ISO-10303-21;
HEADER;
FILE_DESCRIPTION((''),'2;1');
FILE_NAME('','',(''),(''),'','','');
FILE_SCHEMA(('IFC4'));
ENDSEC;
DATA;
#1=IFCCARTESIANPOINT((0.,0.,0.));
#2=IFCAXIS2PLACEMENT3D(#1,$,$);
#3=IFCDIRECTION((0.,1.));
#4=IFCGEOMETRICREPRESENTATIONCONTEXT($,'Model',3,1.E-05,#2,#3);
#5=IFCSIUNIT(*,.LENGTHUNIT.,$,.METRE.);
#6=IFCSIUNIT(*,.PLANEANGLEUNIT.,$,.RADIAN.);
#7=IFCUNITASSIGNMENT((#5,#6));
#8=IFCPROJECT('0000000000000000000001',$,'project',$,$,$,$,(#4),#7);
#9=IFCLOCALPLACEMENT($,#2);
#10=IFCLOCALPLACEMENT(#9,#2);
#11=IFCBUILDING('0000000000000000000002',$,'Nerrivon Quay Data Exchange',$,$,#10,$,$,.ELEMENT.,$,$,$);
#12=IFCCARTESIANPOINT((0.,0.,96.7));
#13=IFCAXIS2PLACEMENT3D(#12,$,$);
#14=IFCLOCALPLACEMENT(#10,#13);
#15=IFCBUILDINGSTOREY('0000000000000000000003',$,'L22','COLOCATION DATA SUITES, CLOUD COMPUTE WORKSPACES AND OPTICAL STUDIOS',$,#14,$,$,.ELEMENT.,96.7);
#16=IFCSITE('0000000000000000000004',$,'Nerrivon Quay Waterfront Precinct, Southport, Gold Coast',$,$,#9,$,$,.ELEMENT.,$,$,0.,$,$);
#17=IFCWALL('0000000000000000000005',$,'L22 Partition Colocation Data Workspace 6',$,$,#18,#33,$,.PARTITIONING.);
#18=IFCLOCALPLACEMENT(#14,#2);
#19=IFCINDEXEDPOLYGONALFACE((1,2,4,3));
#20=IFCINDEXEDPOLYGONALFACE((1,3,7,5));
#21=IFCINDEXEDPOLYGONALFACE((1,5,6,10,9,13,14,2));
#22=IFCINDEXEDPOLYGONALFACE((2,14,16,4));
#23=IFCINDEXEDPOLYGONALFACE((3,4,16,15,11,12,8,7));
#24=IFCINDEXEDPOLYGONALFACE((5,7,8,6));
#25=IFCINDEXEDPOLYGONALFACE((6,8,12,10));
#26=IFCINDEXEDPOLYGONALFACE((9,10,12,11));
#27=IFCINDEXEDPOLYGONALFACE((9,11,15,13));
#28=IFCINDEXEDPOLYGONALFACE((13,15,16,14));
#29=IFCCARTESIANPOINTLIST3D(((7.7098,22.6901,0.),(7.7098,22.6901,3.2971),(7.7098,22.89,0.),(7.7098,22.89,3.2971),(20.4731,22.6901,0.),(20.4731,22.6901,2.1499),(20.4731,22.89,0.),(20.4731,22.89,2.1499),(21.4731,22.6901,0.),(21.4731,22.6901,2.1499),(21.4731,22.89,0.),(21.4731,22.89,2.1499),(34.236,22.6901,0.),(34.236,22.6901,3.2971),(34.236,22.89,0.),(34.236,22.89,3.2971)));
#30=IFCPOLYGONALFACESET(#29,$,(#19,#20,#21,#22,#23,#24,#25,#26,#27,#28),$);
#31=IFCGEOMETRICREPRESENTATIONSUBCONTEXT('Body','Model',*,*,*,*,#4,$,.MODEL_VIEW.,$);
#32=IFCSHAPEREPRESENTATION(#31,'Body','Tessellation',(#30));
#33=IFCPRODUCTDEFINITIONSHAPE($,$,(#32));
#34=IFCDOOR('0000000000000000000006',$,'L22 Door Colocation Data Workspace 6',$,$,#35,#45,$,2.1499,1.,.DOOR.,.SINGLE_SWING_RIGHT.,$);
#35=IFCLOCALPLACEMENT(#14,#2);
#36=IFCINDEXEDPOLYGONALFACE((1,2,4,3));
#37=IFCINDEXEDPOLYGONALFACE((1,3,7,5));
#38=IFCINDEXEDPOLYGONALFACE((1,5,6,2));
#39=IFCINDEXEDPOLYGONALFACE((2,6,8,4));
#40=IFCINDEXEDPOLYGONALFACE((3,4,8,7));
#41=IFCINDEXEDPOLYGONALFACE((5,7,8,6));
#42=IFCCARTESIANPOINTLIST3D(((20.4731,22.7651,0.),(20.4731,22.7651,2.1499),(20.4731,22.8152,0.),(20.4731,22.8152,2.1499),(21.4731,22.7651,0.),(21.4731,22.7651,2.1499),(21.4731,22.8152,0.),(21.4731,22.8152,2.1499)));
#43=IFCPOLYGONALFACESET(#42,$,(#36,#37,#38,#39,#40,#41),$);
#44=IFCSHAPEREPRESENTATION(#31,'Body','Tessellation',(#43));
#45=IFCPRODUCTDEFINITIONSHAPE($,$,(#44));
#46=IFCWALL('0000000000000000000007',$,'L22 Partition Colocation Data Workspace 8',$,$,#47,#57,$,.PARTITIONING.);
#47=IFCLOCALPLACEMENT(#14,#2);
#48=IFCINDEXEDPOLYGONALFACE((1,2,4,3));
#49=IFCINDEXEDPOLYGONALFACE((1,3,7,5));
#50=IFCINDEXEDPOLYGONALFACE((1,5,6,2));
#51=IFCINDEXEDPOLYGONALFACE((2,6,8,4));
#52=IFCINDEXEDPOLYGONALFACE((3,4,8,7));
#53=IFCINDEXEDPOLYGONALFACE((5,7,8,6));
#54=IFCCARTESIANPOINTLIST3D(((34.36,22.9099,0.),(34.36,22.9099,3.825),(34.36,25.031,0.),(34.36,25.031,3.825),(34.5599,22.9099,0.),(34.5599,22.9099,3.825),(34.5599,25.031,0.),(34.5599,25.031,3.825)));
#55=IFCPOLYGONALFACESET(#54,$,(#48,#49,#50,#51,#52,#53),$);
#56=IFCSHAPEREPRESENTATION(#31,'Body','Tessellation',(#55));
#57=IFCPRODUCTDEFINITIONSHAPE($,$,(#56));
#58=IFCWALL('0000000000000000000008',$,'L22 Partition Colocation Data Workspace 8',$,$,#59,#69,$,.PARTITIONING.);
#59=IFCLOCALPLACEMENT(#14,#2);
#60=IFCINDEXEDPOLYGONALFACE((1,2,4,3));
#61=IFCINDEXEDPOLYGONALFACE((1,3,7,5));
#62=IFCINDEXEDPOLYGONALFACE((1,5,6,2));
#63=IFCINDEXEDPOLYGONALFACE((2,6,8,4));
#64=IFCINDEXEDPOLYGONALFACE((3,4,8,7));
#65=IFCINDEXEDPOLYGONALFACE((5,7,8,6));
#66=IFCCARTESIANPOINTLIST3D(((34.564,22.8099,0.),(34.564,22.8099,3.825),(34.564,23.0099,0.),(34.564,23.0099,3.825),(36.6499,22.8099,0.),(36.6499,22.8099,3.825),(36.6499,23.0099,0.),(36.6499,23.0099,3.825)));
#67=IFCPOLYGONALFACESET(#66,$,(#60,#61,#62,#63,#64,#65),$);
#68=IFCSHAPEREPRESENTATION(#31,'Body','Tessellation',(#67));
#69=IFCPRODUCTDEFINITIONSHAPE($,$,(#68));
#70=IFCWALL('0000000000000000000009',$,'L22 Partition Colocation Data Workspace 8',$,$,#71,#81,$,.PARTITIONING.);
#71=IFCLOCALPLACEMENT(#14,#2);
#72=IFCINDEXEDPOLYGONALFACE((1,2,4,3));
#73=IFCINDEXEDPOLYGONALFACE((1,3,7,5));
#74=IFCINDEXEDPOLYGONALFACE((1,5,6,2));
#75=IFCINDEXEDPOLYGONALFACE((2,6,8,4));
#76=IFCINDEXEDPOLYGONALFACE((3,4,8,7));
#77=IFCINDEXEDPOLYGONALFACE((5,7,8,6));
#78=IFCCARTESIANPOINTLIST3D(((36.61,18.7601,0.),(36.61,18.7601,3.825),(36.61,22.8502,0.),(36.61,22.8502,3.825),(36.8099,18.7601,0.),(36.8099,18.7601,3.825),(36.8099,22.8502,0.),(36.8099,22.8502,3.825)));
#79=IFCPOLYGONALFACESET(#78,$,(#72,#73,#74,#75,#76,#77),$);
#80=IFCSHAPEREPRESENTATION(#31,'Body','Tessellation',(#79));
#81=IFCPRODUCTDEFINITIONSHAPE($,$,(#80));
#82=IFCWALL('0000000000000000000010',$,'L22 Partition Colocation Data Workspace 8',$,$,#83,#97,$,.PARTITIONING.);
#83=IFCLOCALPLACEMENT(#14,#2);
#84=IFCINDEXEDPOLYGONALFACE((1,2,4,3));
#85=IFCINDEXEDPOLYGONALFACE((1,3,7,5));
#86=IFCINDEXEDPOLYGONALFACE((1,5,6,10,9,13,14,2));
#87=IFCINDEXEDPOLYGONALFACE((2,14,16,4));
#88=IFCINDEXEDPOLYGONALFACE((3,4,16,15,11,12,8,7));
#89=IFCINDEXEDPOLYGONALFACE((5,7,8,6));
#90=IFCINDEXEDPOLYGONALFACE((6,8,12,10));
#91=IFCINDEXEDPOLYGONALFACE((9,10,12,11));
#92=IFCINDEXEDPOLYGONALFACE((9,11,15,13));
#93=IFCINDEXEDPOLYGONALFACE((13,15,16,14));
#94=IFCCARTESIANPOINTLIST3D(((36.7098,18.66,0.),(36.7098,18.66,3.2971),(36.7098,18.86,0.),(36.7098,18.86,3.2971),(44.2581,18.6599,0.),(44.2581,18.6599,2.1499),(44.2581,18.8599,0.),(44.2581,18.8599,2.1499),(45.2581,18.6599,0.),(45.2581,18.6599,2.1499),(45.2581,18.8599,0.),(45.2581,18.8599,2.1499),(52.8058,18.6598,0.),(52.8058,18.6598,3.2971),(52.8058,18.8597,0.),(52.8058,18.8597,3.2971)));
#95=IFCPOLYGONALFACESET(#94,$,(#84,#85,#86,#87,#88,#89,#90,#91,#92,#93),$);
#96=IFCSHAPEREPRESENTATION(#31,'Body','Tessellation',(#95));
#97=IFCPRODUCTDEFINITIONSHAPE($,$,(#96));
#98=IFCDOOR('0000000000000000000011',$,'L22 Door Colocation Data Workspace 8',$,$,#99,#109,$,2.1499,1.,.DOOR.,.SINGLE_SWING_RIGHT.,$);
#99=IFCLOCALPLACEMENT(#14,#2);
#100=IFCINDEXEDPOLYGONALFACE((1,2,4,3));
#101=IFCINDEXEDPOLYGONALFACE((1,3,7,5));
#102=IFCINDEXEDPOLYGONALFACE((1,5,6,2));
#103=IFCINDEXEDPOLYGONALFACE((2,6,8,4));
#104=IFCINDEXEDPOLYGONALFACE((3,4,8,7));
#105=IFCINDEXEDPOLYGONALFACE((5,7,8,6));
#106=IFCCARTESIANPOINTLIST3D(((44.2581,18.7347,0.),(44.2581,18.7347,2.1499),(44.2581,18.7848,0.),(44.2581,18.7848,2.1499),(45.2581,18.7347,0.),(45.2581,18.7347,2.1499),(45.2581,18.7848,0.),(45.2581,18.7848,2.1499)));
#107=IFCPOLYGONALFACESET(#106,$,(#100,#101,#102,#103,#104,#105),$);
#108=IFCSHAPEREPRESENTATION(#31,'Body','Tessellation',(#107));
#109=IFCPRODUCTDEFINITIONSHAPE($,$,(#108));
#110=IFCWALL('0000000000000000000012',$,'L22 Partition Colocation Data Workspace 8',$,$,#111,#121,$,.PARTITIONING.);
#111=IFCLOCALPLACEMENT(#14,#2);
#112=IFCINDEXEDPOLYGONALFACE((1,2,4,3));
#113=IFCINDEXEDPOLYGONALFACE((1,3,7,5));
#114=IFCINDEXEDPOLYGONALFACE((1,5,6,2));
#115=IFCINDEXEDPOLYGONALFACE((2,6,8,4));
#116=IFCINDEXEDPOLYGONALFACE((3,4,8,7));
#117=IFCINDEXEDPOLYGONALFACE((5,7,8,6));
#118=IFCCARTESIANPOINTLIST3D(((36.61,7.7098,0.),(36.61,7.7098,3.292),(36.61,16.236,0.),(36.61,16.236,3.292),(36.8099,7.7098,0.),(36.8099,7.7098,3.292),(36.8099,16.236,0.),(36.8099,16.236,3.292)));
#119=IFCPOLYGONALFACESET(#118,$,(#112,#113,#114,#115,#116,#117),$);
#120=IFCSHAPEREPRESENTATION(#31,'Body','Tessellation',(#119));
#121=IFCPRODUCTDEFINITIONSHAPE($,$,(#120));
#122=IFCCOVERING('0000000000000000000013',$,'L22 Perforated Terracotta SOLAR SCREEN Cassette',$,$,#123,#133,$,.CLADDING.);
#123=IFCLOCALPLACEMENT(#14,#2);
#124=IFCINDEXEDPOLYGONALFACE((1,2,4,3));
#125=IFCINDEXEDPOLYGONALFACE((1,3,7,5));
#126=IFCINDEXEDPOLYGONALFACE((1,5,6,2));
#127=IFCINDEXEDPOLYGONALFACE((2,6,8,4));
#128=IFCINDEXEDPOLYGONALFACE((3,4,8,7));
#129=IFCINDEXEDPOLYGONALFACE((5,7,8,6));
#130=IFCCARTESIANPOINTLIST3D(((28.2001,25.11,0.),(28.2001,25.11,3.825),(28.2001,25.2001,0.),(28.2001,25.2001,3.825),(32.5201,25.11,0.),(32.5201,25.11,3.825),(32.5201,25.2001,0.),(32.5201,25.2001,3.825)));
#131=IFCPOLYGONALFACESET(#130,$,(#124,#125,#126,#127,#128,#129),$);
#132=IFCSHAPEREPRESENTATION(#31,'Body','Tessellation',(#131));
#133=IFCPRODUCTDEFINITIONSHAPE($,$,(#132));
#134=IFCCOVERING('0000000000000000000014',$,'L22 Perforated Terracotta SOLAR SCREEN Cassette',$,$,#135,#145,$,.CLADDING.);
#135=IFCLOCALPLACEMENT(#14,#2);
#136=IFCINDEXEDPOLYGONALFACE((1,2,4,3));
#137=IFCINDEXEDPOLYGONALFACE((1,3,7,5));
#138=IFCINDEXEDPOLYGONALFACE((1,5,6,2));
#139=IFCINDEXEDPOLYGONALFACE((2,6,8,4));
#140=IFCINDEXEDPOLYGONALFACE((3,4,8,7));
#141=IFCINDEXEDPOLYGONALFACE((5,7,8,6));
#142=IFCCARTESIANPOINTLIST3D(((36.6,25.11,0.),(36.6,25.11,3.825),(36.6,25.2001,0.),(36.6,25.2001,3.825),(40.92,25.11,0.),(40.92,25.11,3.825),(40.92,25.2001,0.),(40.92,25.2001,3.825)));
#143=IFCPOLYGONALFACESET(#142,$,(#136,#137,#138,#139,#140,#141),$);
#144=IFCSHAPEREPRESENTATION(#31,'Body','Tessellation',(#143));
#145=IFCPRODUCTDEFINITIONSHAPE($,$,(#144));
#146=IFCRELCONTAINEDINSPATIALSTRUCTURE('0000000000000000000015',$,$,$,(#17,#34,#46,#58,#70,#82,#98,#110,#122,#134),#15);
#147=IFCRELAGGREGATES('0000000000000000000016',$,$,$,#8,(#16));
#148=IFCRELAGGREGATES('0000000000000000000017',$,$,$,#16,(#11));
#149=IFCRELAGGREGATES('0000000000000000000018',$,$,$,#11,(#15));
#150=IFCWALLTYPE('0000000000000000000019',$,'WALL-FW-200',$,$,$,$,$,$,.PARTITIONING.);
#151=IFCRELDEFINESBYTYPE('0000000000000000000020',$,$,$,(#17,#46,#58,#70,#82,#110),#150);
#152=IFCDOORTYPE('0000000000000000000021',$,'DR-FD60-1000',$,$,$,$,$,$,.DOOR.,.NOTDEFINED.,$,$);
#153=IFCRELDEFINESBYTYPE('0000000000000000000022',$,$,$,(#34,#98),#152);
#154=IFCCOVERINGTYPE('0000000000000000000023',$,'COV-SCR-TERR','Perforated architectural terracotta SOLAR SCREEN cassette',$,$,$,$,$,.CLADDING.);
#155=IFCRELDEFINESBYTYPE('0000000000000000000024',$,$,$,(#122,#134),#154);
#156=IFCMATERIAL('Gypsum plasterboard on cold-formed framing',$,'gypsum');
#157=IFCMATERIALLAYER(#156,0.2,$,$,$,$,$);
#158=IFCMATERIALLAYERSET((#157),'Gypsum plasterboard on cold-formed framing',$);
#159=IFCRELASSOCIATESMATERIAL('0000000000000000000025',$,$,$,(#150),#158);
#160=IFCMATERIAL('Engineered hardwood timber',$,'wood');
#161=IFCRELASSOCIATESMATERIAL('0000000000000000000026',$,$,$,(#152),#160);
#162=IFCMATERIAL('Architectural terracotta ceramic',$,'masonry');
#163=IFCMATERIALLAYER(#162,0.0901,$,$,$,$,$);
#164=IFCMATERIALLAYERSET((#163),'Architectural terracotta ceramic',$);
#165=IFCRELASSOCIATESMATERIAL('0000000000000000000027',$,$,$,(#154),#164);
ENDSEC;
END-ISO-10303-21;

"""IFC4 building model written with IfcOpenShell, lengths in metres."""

from ifc_helpers import new_model, si_unit, direction, frame, frame_2d, origin, origin_2d, place, context, subcontext, project, spatial, rectangle, extrude, material, layer, layer_set, type_object, element, fill, save


model = new_model("IFC4")

# Units and contexts
model_context = context("Model", 3, precision=1e-05, world=origin(), true_north=direction((0.0, 1.0)))
body_context = subcontext(model_context, "Body", "Model", "MODEL_VIEW")
ifc_project = project(units=[si_unit("LENGTHUNIT", "METRE"), si_unit("PLANEANGLEUNIT", "RADIAN")], contexts=[model_context])

# Site, building, storey
site_placement = place(None, origin())
site = spatial("IfcSite", under=ifc_project, at=site_placement, Name="Nerrivon Quay Waterfront Precinct, Southport, Gold Coast", CompositionType="ELEMENT", RefElevation=0.0)
building_placement = place(site_placement, origin())
building = spatial("IfcBuilding", under=site, at=building_placement, Name="Nerrivon Quay Data Exchange", CompositionType="ELEMENT")
storey_placement = place(building_placement, frame((0.0, 0.0, 96.7)))
storey = spatial("IfcBuildingStorey", under=building, at=storey_placement, Name="L22", Description="COLOCATION DATA SUITES, CLOUD COMPUTE WORKSPACES AND OPTICAL STUDIOS", CompositionType="ELEMENT", Elevation=96.7)

# Shared definitions
ifc_material_1 = material(Name="Gypsum plasterboard on cold-formed framing", Category="gypsum")
ifc_layer_1 = layer(ifc_material_1, 0.2)
ifc_layer_set_1 = layer_set([ifc_layer_1], Name="Gypsum plasterboard on cold-formed framing")
wall_type = type_object("IfcWallType", Name="WALL-FW-200", PredefinedType="PARTITIONING", material=ifc_layer_set_1)

# Wall, opening, door
wall_1_placement = place(storey_placement, frame((34.2361, 22.79, 0.0), z_axis=(0.0, 0.0, 1.0), x_axis=(-1.0, 0.0, 0.0)))
wall_1 = element("IfcWall", 1, at=wall_1_placement, inside=storey, type_object=wall_type, Name="L22 Partition Colocation Data Workspace 6", PredefinedType="PARTITIONING", context=body_context, shape_type="SweptSolid", body=[
    extrude(rectangle(XDim=26.5261, YDim=0.2, at=frame_2d((13.2632, 0.0))), origin(), (0.0, 0.0, 1.0), 3.2971),
])
opening_1_placement = place(wall_1_placement, frame((12.7629, 0.0, 0.0)))
opening_1 = element("IfcOpeningElement", 2, at=opening_1_placement, cuts=wall_1, PredefinedType="OPENING", context=body_context, shape_type="SweptSolid", body=[
    extrude(rectangle(XDim=1.0, YDim=2.1499, at=frame_2d((0.5, 1.075))), frame((0.0, 0.1099, 0.0), z_axis=(0.0, -1.0, 0.0), x_axis=(1.0, 0.0, 0.0)), (0.0, 0.0, 1.0), 0.22),
])
ifc_material_2 = material(Name="Engineered hardwood timber", Category="wood")
door_type = type_object("IfcDoorType", Name="DR-FD60-1000", OperationType="NOTDEFINED", PredefinedType="DOOR", material=ifc_material_2)
door_1_placement = place(opening_1_placement, origin())
door_1 = element("IfcDoor", 3, at=door_1_placement, inside=storey, type_object=door_type, Name="L22 Door Colocation Data Workspace 6", OperationType="SINGLE_SWING_RIGHT", OverallHeight=2.1499, OverallWidth=1.0, PredefinedType="DOOR", context=body_context, shape_type="SweptSolid", body=[
    extrude(rectangle(XDim=1.0, YDim=2.1499, at=frame_2d((0.5, 1.075))), frame((0.0, 0.0249, 0.0), z_axis=(0.0, -1.0, 0.0), x_axis=(1.0, 0.0, 0.0)), (0.0, 0.0, 1.0), 0.05),
])
fill(opening_1, door_1)

# Walls
wall_2_placement = place(storey_placement, frame((34.46, 25.031, 0.0), z_axis=(0.0, 0.0, 1.0), x_axis=(0.0, -1.0, 0.0)))
element("IfcWall", 4, at=wall_2_placement, inside=storey, type_object=wall_type, Name="L22 Partition Colocation Data Workspace 8", PredefinedType="PARTITIONING", context=body_context, shape_type="SweptSolid", body=[
    extrude(rectangle(XDim=2.1211, YDim=0.2, at=frame_2d((1.0605, 0.0))), origin(), (0.0, 0.0, 1.0), 3.825),
])
wall_3_placement = place(storey_placement, frame((34.564, 22.9099, 0.0), z_axis=(0.0, 0.0, 1.0), x_axis=(1.0, 0.0, 0.0)))
element("IfcWall", 5, at=wall_3_placement, inside=storey, type_object=wall_type, Name="L22 Partition Colocation Data Workspace 8", PredefinedType="PARTITIONING", context=body_context, shape_type="SweptSolid", body=[
    extrude(rectangle(XDim=2.0859, YDim=0.2, at=frame_2d((1.043, 0.0))), origin(), (0.0, 0.0, 1.0), 3.825),
])
wall_4_placement = place(storey_placement, frame((36.71, 22.8501, 0.0), z_axis=(0.0, 0.0, 1.0), x_axis=(0.0, -1.0, 0.0)))
element("IfcWall", 6, at=wall_4_placement, inside=storey, type_object=wall_type, Name="L22 Partition Colocation Data Workspace 8", PredefinedType="PARTITIONING", context=body_context, shape_type="SweptSolid", body=[
    extrude(rectangle(XDim=4.0901, YDim=0.2, at=frame_2d((2.0449, 0.0))), origin(), (0.0, 0.0, 1.0), 3.825),
])

# Wall, opening, door
wall_5_placement = place(storey_placement, frame((36.71, 18.76, 0.0), z_axis=(0.0, 0.0, 1.0), x_axis=(1.0, -0.000015, 0.0)))
wall_5 = element("IfcWall", 7, at=wall_5_placement, inside=storey, type_object=wall_type, Name="L22 Partition Colocation Data Workspace 8", PredefinedType="PARTITIONING", context=body_context, shape_type="SweptSolid", body=[
    extrude(rectangle(XDim=16.0959, YDim=0.2, at=frame_2d((8.0479, 0.0))), origin(), (0.0, 0.0, 1.0), 3.2971),
])
opening_2_placement = place(wall_5_placement, frame((7.5481, 0.0, 0.0)))
opening_2 = element("IfcOpeningElement", 8, at=opening_2_placement, cuts=wall_5, PredefinedType="OPENING", context=body_context, shape_type="SweptSolid", body=[
    extrude(rectangle(XDim=1.0, YDim=2.1499, at=frame_2d((0.5, 1.075))), frame((0.0, 0.1099, 0.0), z_axis=(0.0, -1.0, 0.0), x_axis=(1.0, 0.0, 0.0)), (0.0, 0.0, 1.0), 0.22),
])
door_2_placement = place(opening_2_placement, origin())
door_2 = element("IfcDoor", 9, at=door_2_placement, inside=storey, type_object=door_type, Name="L22 Door Colocation Data Workspace 8", OperationType="SINGLE_SWING_RIGHT", OverallHeight=2.1499, OverallWidth=1.0, PredefinedType="DOOR", context=body_context, shape_type="SweptSolid", body=[
    extrude(rectangle(XDim=1.0, YDim=2.1499, at=frame_2d((0.5, 1.075))), frame((0.0, 0.0249, 0.0), z_axis=(0.0, -1.0, 0.0), x_axis=(1.0, 0.0, 0.0)), (0.0, 0.0, 1.0), 0.05),
])
fill(opening_2, door_2)

# Wall
wall_6_placement = place(storey_placement, frame((36.71, 16.2361, 0.0), z_axis=(0.0, 0.0, 1.0), x_axis=(0.0, -1.0, 0.0)))
element("IfcWall", 10, at=wall_6_placement, inside=storey, type_object=wall_type, Name="L22 Partition Colocation Data Workspace 8", PredefinedType="PARTITIONING", context=body_context, shape_type="SweptSolid", body=[
    extrude(rectangle(XDim=8.5261, YDim=0.2, at=frame_2d((4.2632, 0.0))), origin(), (0.0, 0.0, 1.0), 3.292),
])

# Coverings
ifc_material_3 = material(Name="Architectural terracotta ceramic", Category="masonry")
ifc_layer_2 = layer(ifc_material_3, 0.0901)
ifc_layer_set_2 = layer_set([ifc_layer_2], Name="Architectural terracotta ceramic")
covering_type = type_object("IfcCoveringType", Name="COV-SCR-TERR", Description="Perforated architectural terracotta SOLAR SCREEN cassette", PredefinedType="CLADDING", material=ifc_layer_set_2)
for number, where, z_axis, x_axis, name in (
    (11, (30.3601, 25.155, 0.0), (0.0, 0.0, 1.0), (1.0, 0.0, 0.0), "L22 Perforated Terracotta SOLAR SCREEN Cassette"),
    (12, (38.76, 25.155, 0.0), (0.0, 0.0, 1.0), (1.0, 0.0, 0.0), "L22 Perforated Terracotta SOLAR SCREEN Cassette"),
):
    element("IfcCovering", number, at=place(storey_placement, frame(where, z_axis=z_axis, x_axis=x_axis)), inside=storey, type_object=covering_type, Name=name, PredefinedType="CLADDING", context=body_context, shape_type="SweptSolid", body=[
        extrude(rectangle(XDim=4.3201, YDim=0.0901, at=origin_2d()), origin(), (0.0, 0.0, 1.0), 3.825),
    ])

save(model, "model.ifc")
